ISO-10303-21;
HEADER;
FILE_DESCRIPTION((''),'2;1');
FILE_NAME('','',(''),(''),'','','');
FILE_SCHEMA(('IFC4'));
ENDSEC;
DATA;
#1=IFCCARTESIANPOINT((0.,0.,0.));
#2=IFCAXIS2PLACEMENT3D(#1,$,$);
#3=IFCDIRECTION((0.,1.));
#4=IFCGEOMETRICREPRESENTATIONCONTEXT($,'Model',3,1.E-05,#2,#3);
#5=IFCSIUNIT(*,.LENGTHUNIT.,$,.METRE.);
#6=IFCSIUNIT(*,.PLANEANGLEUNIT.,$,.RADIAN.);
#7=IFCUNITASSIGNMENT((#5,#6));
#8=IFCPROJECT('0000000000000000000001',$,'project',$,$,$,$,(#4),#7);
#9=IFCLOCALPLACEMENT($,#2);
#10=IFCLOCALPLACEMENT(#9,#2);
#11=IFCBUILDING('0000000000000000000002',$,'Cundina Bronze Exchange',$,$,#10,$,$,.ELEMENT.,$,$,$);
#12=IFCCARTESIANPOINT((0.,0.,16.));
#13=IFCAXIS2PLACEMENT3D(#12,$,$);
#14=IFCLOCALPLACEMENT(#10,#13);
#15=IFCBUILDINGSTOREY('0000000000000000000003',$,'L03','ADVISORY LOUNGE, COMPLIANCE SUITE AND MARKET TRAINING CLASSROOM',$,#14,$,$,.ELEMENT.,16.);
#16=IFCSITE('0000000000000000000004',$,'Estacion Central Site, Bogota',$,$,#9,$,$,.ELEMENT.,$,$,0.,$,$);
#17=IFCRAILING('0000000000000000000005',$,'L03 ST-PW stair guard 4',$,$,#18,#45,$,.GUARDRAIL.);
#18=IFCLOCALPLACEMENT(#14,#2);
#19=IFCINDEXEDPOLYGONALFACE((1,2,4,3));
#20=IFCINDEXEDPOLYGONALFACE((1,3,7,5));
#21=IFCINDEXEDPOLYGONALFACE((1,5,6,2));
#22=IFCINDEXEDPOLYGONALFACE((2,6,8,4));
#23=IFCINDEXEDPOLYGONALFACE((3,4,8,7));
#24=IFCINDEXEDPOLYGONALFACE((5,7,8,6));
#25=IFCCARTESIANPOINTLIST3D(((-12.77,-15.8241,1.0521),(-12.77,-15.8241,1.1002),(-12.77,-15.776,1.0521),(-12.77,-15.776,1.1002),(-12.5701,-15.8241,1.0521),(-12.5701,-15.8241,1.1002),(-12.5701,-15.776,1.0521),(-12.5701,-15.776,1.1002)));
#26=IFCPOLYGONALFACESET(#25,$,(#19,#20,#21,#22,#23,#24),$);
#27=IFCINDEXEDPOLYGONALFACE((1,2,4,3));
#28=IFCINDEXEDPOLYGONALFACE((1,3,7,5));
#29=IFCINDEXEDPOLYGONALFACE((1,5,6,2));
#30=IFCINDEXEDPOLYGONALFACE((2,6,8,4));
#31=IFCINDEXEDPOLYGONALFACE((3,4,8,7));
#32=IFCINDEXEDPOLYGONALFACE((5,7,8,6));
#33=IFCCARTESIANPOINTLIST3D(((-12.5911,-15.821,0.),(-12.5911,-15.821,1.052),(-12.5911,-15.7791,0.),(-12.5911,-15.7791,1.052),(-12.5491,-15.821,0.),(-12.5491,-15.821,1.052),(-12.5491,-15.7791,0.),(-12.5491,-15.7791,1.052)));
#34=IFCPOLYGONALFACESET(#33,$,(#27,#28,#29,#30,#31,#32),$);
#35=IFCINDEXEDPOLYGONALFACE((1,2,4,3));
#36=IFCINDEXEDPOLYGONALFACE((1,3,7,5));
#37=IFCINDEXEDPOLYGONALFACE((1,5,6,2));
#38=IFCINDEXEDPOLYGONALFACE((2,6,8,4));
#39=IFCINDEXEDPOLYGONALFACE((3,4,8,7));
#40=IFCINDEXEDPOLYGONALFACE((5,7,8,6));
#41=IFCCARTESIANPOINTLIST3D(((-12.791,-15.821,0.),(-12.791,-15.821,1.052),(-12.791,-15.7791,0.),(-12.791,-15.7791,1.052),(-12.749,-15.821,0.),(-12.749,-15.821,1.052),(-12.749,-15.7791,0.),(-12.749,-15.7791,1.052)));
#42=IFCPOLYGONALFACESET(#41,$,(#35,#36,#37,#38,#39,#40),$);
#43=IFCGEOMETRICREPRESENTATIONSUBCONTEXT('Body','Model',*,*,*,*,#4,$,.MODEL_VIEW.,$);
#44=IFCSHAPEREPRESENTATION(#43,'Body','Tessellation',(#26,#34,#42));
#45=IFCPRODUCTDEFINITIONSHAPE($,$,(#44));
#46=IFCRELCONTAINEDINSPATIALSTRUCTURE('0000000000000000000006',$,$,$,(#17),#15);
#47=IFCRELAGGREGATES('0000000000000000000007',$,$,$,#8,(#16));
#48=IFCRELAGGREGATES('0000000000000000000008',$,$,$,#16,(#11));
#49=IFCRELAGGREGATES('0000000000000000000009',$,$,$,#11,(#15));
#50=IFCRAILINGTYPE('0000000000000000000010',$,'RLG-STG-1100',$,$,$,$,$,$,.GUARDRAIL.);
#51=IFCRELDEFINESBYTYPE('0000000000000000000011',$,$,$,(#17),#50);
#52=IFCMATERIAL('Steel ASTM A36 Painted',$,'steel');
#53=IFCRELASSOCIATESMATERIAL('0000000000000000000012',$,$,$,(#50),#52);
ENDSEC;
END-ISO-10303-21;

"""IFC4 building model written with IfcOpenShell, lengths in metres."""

from ifc_helpers import new_model, si_unit, direction, frame, origin, origin_2d, place, context, subcontext, project, spatial, rectangle, extrude, material, type_object, element, save


model = new_model("IFC4")

# Units and contexts
model_context = context("Model", 3, precision=1e-05, world=origin(), true_north=direction((0.0, 1.0)))
body_context = subcontext(model_context, "Body", "Model", "MODEL_VIEW")
ifc_project = project(units=[si_unit("LENGTHUNIT", "METRE"), si_unit("PLANEANGLEUNIT", "RADIAN")], contexts=[model_context])

# Site, building, storey
site_placement = place(None, origin())
site = spatial("IfcSite", under=ifc_project, at=site_placement, Name="Estacion Central Site, Bogota", CompositionType="ELEMENT", RefElevation=0.0)
building_placement = place(site_placement, origin())
building = spatial("IfcBuilding", under=site, at=building_placement, Name="Cundina Bronze Exchange", CompositionType="ELEMENT")
storey_placement = place(building_placement, frame((0.0, 0.0, 16.0)))
storey = spatial("IfcBuildingStorey", under=building, at=storey_placement, Name="L03", Description="ADVISORY LOUNGE, COMPLIANCE SUITE AND MARKET TRAINING CLASSROOM", CompositionType="ELEMENT", Elevation=16.0)

# Shared definitions
ifc_material_1 = material(Name="Steel ASTM A36 Painted", Category="steel")

# Railing
railing_type_1 = type_object("IfcRailingType", Name="RLG-STG-1100", PredefinedType="GUARDRAIL", material=ifc_material_1)
railing_1_placement = place(storey_placement, frame((-12.5701, -15.8, 0.0)))
element("IfcRailing", 1, at=railing_1_placement, inside=storey, type_object=railing_type_1, Name="L03 ST-PW stair guard 4", PredefinedType="GUARDRAIL", context=body_context, shape_type="SweptSolid", body=[
    extrude(rectangle(XDim=0.0481, YDim=0.0481, at=origin_2d()), frame((0.0, 0.0, 1.0762), z_axis=(-1.0, 0.0, 0.0), x_axis=(0.0, -1.0, 0.0)), (0.0, 0.0, 1.0), 0.2),
    extrude(rectangle(XDim=0.042, YDim=0.042, at=origin_2d()), origin(), (0.0, 0.0, 1.0), 1.052),
    extrude(rectangle(XDim=0.042, YDim=0.042, at=origin_2d()), frame((-0.2, 0.0, 0.0)), (0.0, 0.0, 1.0), 1.052),
])

save(model, "model.ifc")
